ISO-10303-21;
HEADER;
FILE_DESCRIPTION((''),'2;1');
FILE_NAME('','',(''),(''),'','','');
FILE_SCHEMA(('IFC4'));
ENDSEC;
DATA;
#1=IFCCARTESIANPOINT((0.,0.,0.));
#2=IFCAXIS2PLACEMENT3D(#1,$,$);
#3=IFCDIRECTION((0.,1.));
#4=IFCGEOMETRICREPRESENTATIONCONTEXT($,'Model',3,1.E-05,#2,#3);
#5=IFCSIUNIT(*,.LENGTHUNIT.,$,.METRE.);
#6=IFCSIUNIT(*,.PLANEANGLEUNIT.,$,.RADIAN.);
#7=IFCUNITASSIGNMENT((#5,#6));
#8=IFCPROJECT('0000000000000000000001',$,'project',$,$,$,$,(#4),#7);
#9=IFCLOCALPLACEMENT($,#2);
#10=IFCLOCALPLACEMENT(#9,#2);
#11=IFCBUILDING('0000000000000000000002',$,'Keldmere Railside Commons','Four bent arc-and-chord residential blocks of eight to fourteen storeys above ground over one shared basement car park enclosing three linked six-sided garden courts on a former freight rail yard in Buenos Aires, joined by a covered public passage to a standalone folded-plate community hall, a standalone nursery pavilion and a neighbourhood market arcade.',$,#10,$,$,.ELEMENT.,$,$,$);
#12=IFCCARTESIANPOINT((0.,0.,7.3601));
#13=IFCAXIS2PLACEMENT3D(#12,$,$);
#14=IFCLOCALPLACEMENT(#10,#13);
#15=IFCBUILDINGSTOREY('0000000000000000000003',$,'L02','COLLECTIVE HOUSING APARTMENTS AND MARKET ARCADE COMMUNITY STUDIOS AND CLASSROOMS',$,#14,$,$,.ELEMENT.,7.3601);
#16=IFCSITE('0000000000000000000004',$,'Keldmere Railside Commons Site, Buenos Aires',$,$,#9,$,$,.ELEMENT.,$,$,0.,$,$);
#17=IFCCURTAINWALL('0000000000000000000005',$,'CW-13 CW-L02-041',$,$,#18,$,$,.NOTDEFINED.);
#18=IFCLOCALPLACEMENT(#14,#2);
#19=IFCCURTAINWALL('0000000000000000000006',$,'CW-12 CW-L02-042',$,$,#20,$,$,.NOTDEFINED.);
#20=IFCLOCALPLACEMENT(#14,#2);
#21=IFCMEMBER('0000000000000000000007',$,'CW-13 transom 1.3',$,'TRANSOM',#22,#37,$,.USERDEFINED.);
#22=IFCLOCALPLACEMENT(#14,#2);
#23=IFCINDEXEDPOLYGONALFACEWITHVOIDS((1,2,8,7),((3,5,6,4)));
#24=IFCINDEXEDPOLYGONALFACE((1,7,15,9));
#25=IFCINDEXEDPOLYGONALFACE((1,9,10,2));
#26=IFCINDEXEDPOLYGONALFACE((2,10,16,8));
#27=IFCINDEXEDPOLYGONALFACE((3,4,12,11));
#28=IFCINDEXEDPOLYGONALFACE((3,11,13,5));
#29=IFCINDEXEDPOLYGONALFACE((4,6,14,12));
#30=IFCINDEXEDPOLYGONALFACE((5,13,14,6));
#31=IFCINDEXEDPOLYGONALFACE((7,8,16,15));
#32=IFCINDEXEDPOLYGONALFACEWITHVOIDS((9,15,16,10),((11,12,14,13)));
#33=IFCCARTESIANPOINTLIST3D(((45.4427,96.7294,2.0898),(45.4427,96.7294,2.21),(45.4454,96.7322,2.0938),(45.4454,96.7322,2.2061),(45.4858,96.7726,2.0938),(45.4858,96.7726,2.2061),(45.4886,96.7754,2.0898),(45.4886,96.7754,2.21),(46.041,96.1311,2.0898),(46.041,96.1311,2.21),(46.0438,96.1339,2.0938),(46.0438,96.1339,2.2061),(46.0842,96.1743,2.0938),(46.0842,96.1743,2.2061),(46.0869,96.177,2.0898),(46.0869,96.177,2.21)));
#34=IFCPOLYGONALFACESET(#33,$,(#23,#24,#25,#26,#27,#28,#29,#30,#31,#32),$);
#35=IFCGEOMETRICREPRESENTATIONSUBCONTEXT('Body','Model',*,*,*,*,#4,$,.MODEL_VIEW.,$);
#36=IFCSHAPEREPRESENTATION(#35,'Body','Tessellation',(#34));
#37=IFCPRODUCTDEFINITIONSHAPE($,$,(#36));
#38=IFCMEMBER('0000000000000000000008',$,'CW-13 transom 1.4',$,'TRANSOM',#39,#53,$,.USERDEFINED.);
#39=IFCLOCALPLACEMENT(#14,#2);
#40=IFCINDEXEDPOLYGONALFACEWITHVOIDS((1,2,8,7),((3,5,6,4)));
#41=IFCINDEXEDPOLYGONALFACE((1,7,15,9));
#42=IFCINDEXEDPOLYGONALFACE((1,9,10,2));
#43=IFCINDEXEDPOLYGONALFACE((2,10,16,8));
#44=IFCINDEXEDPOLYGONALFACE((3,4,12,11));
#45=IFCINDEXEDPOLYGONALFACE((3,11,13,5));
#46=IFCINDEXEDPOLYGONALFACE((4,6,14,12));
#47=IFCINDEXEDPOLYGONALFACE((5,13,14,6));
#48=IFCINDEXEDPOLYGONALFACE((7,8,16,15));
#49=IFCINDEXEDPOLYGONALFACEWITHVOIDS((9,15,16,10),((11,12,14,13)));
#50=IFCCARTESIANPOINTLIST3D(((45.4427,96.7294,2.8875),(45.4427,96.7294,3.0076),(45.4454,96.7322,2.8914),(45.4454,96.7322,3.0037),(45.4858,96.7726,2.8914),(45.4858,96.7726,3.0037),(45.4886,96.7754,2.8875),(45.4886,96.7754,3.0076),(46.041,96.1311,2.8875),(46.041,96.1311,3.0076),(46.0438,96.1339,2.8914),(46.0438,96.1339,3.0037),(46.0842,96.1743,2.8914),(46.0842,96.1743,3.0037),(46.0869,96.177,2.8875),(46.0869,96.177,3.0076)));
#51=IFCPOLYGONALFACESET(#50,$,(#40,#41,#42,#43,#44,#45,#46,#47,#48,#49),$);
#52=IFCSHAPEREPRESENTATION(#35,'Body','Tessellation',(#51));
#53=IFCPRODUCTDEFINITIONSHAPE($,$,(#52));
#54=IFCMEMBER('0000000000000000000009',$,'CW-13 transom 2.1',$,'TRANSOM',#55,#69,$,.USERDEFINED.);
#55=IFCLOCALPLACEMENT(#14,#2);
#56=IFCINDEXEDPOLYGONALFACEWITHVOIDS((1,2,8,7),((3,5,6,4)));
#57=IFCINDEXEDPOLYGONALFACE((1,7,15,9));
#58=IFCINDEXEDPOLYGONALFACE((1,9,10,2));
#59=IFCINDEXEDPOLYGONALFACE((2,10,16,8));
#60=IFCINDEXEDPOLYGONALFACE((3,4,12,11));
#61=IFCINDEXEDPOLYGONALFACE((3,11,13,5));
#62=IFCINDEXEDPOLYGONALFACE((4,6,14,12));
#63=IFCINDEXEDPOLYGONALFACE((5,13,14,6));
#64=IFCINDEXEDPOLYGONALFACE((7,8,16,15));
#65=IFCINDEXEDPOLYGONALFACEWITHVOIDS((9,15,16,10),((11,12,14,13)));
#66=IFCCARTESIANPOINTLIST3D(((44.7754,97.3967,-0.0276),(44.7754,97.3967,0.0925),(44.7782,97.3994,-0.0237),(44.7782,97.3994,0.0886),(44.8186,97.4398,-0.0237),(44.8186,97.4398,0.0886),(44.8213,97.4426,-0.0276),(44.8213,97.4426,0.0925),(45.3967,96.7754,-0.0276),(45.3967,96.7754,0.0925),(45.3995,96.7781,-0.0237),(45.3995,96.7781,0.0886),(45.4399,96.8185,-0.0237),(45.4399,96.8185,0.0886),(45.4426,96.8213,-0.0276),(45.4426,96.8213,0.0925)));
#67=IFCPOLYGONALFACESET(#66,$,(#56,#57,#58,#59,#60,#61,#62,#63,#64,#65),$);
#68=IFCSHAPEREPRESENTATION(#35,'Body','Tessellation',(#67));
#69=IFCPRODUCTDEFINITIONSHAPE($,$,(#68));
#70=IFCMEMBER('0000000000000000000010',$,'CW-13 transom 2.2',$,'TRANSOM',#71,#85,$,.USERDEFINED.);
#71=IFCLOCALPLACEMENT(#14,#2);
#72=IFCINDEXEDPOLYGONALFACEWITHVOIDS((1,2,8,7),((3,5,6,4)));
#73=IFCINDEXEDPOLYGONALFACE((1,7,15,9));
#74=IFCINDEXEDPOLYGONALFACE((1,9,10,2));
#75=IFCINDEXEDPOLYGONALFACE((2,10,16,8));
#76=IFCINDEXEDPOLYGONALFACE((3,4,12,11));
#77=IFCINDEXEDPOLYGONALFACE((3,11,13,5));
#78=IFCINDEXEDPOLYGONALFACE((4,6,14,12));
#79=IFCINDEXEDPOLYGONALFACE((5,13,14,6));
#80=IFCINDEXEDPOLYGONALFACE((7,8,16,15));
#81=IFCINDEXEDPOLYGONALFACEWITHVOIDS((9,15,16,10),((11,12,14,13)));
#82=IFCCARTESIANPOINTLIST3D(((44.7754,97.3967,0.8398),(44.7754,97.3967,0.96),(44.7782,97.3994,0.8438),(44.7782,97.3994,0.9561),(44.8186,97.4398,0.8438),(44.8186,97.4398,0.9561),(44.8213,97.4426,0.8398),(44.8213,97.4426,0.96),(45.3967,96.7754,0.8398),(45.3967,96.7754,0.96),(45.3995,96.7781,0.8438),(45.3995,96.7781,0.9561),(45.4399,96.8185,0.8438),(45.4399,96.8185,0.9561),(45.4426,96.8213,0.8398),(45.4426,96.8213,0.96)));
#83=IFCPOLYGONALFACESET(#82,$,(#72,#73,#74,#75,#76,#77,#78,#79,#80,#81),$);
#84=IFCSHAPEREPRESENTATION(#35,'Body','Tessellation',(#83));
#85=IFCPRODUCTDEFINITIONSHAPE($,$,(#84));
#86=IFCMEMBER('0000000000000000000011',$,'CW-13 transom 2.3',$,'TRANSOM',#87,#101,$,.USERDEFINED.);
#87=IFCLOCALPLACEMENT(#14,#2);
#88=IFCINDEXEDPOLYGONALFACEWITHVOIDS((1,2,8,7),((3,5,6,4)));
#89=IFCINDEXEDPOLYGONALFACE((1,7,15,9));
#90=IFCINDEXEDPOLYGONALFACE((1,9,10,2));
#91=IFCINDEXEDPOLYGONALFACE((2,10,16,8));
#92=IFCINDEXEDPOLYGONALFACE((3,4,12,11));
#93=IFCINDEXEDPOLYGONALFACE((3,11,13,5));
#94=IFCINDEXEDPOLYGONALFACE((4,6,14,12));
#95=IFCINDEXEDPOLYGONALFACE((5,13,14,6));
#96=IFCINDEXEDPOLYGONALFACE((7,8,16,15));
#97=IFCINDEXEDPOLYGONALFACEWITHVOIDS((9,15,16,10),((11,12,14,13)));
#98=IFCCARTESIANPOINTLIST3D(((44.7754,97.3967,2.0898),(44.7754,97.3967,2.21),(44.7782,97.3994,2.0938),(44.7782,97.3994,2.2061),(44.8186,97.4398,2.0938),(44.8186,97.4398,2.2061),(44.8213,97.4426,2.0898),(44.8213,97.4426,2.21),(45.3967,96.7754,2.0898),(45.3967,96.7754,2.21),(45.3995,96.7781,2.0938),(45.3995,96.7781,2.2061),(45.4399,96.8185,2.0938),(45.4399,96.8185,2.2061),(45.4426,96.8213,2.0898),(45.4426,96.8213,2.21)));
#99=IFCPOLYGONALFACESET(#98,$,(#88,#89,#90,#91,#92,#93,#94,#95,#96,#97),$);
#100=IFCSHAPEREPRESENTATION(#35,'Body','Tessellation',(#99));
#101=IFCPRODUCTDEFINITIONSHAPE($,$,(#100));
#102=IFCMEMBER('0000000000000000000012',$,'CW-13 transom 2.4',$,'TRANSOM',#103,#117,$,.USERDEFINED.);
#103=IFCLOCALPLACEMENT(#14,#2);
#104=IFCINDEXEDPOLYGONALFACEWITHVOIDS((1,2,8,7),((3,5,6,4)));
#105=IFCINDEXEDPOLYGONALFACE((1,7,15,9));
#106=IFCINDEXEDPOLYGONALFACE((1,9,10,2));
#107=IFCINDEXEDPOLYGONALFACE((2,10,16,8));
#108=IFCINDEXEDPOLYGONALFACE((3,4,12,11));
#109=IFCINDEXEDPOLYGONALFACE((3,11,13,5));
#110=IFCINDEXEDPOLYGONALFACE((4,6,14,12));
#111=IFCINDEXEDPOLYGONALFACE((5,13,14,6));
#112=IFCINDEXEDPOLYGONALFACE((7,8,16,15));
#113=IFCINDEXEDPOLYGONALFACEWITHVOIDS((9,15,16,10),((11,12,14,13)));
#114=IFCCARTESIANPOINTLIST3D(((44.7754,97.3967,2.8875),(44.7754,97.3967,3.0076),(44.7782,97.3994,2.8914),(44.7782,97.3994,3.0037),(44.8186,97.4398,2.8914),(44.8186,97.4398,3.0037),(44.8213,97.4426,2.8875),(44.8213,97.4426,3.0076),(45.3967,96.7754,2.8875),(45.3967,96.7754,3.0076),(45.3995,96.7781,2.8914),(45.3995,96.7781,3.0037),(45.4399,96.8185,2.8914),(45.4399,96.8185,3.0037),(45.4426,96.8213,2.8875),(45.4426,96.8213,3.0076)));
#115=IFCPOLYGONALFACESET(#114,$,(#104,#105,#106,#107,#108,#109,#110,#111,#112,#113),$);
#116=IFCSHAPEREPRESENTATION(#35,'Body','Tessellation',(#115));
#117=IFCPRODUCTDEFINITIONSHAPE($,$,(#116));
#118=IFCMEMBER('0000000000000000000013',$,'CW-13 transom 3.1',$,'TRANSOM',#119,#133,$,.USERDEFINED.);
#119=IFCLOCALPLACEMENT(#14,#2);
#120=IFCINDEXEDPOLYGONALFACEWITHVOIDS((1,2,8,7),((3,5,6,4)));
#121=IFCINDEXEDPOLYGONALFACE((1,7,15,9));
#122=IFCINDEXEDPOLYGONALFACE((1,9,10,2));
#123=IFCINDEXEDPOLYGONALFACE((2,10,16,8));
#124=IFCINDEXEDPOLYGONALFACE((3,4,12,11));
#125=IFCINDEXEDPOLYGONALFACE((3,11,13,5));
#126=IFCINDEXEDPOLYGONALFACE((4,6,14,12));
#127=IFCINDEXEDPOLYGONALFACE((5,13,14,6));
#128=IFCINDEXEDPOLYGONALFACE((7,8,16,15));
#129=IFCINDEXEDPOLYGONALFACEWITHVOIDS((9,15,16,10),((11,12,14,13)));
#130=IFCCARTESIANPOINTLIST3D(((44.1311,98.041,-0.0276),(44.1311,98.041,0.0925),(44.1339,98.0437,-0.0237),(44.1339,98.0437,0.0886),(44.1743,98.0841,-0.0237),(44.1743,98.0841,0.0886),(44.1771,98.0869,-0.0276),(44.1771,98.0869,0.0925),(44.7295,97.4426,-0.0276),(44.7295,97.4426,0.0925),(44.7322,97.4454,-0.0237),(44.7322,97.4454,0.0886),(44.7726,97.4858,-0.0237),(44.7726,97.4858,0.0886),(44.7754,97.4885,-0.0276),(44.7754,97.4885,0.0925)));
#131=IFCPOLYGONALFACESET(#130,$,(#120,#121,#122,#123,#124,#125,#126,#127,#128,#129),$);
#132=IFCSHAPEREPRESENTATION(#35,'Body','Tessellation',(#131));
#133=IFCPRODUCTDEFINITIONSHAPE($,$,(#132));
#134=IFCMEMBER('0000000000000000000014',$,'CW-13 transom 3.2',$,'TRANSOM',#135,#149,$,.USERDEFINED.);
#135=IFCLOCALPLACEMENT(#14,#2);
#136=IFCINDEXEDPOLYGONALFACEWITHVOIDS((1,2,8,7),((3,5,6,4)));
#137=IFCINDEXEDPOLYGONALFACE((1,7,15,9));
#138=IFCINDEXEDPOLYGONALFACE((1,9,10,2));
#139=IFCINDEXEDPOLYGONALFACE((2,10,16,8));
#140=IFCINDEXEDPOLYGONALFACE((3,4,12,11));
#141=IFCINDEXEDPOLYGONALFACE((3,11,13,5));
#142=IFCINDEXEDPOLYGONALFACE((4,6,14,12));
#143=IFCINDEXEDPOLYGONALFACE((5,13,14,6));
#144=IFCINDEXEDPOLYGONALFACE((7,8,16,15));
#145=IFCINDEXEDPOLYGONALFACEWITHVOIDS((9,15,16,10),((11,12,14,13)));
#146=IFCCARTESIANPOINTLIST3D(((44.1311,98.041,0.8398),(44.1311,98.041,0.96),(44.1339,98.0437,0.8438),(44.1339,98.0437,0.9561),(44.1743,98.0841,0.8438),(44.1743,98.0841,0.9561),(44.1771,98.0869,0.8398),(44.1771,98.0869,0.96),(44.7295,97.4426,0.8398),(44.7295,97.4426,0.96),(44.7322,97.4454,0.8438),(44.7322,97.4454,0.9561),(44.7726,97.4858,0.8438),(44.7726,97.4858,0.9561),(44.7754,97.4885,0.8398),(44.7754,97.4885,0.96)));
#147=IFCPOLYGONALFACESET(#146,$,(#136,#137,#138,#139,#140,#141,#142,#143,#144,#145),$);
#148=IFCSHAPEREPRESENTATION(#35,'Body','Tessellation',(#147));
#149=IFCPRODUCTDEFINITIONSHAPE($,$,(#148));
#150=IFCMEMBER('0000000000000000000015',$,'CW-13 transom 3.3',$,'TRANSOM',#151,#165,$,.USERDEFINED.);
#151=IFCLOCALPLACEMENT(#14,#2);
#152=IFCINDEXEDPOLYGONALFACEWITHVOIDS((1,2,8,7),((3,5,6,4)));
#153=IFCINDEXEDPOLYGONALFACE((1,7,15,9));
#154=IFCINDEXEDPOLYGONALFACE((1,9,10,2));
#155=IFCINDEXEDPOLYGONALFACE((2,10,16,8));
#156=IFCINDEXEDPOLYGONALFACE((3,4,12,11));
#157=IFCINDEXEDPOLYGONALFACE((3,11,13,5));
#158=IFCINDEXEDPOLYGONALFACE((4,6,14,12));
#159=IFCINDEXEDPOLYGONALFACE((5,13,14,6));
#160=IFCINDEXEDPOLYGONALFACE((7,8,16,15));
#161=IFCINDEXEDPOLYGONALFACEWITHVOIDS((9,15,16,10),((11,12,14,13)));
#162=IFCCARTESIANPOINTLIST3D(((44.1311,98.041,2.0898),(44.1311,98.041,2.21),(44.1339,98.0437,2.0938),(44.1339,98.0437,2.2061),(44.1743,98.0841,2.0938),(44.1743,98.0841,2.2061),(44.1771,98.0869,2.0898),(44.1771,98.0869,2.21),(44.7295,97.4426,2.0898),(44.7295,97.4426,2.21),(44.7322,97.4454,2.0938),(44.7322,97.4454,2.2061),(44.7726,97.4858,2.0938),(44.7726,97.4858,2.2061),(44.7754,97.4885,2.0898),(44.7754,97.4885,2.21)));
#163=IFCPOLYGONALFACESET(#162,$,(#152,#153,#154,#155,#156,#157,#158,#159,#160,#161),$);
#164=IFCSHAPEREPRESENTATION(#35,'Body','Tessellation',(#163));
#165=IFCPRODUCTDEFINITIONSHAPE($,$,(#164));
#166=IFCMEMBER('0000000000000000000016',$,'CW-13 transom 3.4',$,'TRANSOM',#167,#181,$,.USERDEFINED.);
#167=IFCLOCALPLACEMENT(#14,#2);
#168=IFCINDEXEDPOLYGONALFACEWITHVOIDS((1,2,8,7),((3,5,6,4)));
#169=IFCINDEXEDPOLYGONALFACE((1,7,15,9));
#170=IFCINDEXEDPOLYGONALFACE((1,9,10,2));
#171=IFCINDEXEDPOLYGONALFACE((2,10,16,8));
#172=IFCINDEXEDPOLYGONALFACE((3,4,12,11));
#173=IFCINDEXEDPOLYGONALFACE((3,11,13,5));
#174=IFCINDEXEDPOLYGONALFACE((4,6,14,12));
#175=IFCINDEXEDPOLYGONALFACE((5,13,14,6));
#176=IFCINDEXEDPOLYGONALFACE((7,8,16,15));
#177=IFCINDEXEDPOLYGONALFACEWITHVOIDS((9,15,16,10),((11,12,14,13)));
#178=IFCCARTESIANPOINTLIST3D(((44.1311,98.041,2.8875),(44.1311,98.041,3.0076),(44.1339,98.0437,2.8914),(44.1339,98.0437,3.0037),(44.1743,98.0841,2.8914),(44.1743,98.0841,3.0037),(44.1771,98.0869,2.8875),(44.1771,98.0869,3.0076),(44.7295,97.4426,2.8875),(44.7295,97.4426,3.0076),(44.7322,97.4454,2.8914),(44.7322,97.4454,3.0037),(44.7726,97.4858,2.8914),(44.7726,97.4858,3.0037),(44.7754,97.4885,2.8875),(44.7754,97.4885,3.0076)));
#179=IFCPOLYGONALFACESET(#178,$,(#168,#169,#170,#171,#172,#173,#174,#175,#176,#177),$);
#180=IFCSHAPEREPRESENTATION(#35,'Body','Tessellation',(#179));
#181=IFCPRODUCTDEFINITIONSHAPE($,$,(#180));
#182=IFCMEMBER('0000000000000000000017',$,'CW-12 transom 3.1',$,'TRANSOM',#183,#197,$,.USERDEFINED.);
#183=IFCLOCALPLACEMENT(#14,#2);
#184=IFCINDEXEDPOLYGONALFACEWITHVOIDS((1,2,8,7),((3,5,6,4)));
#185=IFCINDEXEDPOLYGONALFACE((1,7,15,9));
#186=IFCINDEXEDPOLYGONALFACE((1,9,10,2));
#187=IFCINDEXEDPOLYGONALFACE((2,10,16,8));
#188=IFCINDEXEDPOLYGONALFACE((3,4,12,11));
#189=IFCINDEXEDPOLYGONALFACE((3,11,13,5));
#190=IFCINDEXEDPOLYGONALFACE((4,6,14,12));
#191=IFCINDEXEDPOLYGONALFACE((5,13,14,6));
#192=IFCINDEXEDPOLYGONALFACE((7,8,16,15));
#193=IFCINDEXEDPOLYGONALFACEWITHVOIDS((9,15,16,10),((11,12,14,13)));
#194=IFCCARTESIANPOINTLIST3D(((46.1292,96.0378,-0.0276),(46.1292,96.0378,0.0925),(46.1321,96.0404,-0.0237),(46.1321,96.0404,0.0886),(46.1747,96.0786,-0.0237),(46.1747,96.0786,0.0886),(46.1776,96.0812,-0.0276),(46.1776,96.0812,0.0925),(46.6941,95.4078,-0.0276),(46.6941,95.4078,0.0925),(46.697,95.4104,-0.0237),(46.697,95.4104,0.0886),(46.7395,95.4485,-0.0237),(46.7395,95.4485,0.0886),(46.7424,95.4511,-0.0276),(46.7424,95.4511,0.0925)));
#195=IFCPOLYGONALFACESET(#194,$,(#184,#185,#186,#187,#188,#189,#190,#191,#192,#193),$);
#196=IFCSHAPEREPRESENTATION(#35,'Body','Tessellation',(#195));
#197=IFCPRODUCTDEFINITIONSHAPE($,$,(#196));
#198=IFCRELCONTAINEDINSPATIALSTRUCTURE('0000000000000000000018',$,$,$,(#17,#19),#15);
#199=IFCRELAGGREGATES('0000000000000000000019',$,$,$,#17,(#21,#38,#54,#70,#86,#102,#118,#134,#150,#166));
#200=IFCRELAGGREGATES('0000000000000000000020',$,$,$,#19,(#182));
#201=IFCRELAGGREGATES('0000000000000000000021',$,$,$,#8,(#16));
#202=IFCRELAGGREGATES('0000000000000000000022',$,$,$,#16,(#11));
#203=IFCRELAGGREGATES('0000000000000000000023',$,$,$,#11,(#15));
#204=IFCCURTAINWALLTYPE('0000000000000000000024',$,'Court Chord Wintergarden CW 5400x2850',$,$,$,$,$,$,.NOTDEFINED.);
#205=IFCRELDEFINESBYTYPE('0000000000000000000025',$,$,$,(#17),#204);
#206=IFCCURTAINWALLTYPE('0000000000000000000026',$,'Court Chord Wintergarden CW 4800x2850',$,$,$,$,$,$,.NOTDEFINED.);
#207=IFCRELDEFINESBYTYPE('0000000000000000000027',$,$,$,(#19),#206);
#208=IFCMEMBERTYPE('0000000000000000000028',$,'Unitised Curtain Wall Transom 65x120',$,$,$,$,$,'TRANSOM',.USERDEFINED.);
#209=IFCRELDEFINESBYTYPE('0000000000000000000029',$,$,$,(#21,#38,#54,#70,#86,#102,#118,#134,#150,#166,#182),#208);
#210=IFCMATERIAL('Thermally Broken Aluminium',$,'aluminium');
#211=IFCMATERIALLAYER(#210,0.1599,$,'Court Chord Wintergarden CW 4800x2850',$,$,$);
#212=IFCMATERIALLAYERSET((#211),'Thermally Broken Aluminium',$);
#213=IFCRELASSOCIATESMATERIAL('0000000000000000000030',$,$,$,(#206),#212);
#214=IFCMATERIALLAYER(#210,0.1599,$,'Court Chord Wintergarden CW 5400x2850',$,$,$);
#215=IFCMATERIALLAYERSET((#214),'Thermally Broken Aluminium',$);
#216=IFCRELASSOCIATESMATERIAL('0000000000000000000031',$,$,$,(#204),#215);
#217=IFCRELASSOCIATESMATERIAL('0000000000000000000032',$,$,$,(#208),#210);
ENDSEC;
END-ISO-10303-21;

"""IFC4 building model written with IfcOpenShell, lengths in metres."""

from ifc_helpers import new_model, si_unit, direction, frame, origin, origin_2d, place, context, subcontext, project, spatial, hollow_rectangle, extrude, material, layer, layer_set, material_profile, profile_set, type_object, element, aggregate, save


model = new_model("IFC4")

# Units and contexts
model_context = context("Model", 3, precision=1e-05, world=origin(), true_north=direction((0.0, 1.0)))
body_context = subcontext(model_context, "Body", "Model", "MODEL_VIEW")
ifc_project = project(units=[si_unit("LENGTHUNIT", "METRE"), si_unit("PLANEANGLEUNIT", "RADIAN")], contexts=[model_context])

# Site, building, storey
site_placement = place(None, origin())
site = spatial("IfcSite", under=ifc_project, at=site_placement, Name="Keldmere Railside Commons Site, Buenos Aires", CompositionType="ELEMENT", RefElevation=0.0)
building_placement = place(site_placement, origin())
building = spatial("IfcBuilding", under=site, at=building_placement, Name="Keldmere Railside Commons", Description="Four bent arc-and-chord residential blocks of eight to fourteen storeys above ground over one shared basement car park enclosing three linked six-sided garden courts on a former freight rail yard in Buenos Aires, joined by a covered public passage to a standalone folded-plate community hall, a standalone nursery pavilion and a neighbourhood market arcade.", CompositionType="ELEMENT")
storey_placement = place(building_placement, frame((0.0, 0.0, 7.3601)))
storey = spatial("IfcBuildingStorey", under=building, at=storey_placement, Name="L02", Description="COLLECTIVE HOUSING APARTMENTS AND MARKET ARCADE COMMUNITY STUDIOS AND CLASSROOMS", CompositionType="ELEMENT", Elevation=7.3601)

# Shared definitions
ifc_material_1 = material(Name="Thermally Broken Aluminium", Category="aluminium")
ifc_layer_1 = layer(ifc_material_1, 0.1599, Name="Court Chord Wintergarden CW 4800x2850")
ifc_layer_set_1 = layer_set([ifc_layer_1], Name="Thermally Broken Aluminium")
curtain_wall_type_1 = type_object("IfcCurtainWallType", Name="Court Chord Wintergarden CW 4800x2850", PredefinedType="NOTDEFINED", material=ifc_layer_set_1)

# Curtain wall
ifc_layer_2 = layer(ifc_material_1, 0.1599, Name="Court Chord Wintergarden CW 5400x2850")
ifc_layer_set_2 = layer_set([ifc_layer_2], Name="Thermally Broken Aluminium")
curtain_wall_type_2 = type_object("IfcCurtainWallType", Name="Court Chord Wintergarden CW 5400x2850", PredefinedType="NOTDEFINED", material=ifc_layer_set_2)
curtain_wall_1_placement = place(storey_placement, origin())
curtain_wall_1 = element("IfcCurtainWall", 1, at=curtain_wall_1_placement, inside=storey, type_object=curtain_wall_type_2, Name="CW-13 CW-L02-041", PredefinedType="NOTDEFINED")

# Curtain wall
curtain_wall_2_placement = place(storey_placement, origin())
curtain_wall_2 = element("IfcCurtainWall", 2, at=curtain_wall_2_placement, inside=storey, type_object=curtain_wall_type_1, Name="CW-12 CW-L02-042", PredefinedType="NOTDEFINED")

# Members
ifc_material_profile_1 = material_profile(ifc_material_1, hollow_rectangle(XDim=0.0649, YDim=0.1201, WallThickness=0.0039, at=origin_2d()), Name="ALU-TRAN-65x120")
ifc_profile_set_1 = profile_set([ifc_material_profile_1], Name="Thermally Broken Aluminium")
member_type_1 = type_object("IfcMemberType", Name="Unitised Curtain Wall Transom 65x120", ElementType="TRANSOM", PredefinedType="USERDEFINED", material=ifc_profile_set_1)
member_1_placement = place(storey_placement, frame((46.064, 96.1541, 2.1499), z_axis=(-0.707107, 0.707107, 0.0), x_axis=(-0.707107, -0.707107, 0.0)))
member_1 = element("IfcMember", 3, at=member_1_placement, type_object=member_type_1, Name="CW-13 transom 1.3", ObjectType="TRANSOM", PredefinedType="USERDEFINED", context=body_context, shape_type="SweptSolid", body=[
    extrude(hollow_rectangle(XDim=0.0649, YDim=0.1201, WallThickness=0.0039, at=origin_2d()), origin(), (0.0, 0.0, 1.0), 0.8462),
])
member_2_placement = place(storey_placement, frame((46.064, 96.1541, 2.9475), z_axis=(-0.707107, 0.707107, 0.0), x_axis=(-0.707107, -0.707107, 0.0)))
member_2 = element("IfcMember", 4, at=member_2_placement, type_object=member_type_1, Name="CW-13 transom 1.4", ObjectType="TRANSOM", PredefinedType="USERDEFINED", context=body_context, shape_type="SweptSolid", body=[
    extrude(hollow_rectangle(XDim=0.0649, YDim=0.1201, WallThickness=0.0039, at=origin_2d()), origin(), (0.0, 0.0, 1.0), 0.8462),
])
member_3_placement = place(storey_placement, frame((45.4197, 96.7983, 0.0325), z_axis=(-0.707107, 0.707107, 0.0), x_axis=(-0.707107, -0.707107, 0.0)))
member_3 = element("IfcMember", 5, at=member_3_placement, type_object=member_type_1, Name="CW-13 transom 2.1", ObjectType="TRANSOM", PredefinedType="USERDEFINED", context=body_context, shape_type="SweptSolid", body=[
    extrude(hollow_rectangle(XDim=0.0649, YDim=0.1201, WallThickness=0.0039, at=origin_2d()), origin(), (0.0, 0.0, 1.0), 0.8787),
])
member_4_placement = place(storey_placement, frame((45.4197, 96.7983, 0.8999), z_axis=(-0.707107, 0.707107, 0.0), x_axis=(-0.707107, -0.707107, 0.0)))
member_4 = element("IfcMember", 6, at=member_4_placement, type_object=member_type_1, Name="CW-13 transom 2.2", ObjectType="TRANSOM", PredefinedType="USERDEFINED", context=body_context, shape_type="SweptSolid", body=[
    extrude(hollow_rectangle(XDim=0.0649, YDim=0.1201, WallThickness=0.0039, at=origin_2d()), origin(), (0.0, 0.0, 1.0), 0.8787),
])
member_5_placement = place(storey_placement, frame((45.4197, 96.7983, 2.1499), z_axis=(-0.707107, 0.707107, 0.0), x_axis=(-0.707107, -0.707107, 0.0)))
member_5 = element("IfcMember", 7, at=member_5_placement, type_object=member_type_1, Name="CW-13 transom 2.3", ObjectType="TRANSOM", PredefinedType="USERDEFINED", context=body_context, shape_type="SweptSolid", body=[
    extrude(hollow_rectangle(XDim=0.0649, YDim=0.1201, WallThickness=0.0039, at=origin_2d()), origin(), (0.0, 0.0, 1.0), 0.8787),
])
member_6_placement = place(storey_placement, frame((45.4197, 96.7983, 2.9475), z_axis=(-0.707107, 0.707107, 0.0), x_axis=(-0.707107, -0.707107, 0.0)))
member_6 = element("IfcMember", 8, at=member_6_placement, type_object=member_type_1, Name="CW-13 transom 2.4", ObjectType="TRANSOM", PredefinedType="USERDEFINED", context=body_context, shape_type="SweptSolid", body=[
    extrude(hollow_rectangle(XDim=0.0649, YDim=0.1201, WallThickness=0.0039, at=origin_2d()), origin(), (0.0, 0.0, 1.0), 0.8787),
])
member_7_placement = place(storey_placement, frame((44.7524, 97.4656, 0.0325), z_axis=(-0.707107, 0.707107, 0.0), x_axis=(-0.707107, -0.707107, 0.0)))
member_7 = element("IfcMember", 9, at=member_7_placement, type_object=member_type_1, Name="CW-13 transom 3.1", ObjectType="TRANSOM", PredefinedType="USERDEFINED", context=body_context, shape_type="SweptSolid", body=[
    extrude(hollow_rectangle(XDim=0.0649, YDim=0.1201, WallThickness=0.0039, at=origin_2d()), origin(), (0.0, 0.0, 1.0), 0.8462),
])
member_8_placement = place(storey_placement, frame((44.7524, 97.4656, 0.8999), z_axis=(-0.707107, 0.707107, 0.0), x_axis=(-0.707107, -0.707107, 0.0)))
member_8 = element("IfcMember", 10, at=member_8_placement, type_object=member_type_1, Name="CW-13 transom 3.2", ObjectType="TRANSOM", PredefinedType="USERDEFINED", context=body_context, shape_type="SweptSolid", body=[
    extrude(hollow_rectangle(XDim=0.0649, YDim=0.1201, WallThickness=0.0039, at=origin_2d()), origin(), (0.0, 0.0, 1.0), 0.8462),
])
member_9_placement = place(storey_placement, frame((44.7524, 97.4656, 2.1499), z_axis=(-0.707107, 0.707107, 0.0), x_axis=(-0.707107, -0.707107, 0.0)))
member_9 = element("IfcMember", 11, at=member_9_placement, type_object=member_type_1, Name="CW-13 transom 3.3", ObjectType="TRANSOM", PredefinedType="USERDEFINED", context=body_context, shape_type="SweptSolid", body=[
    extrude(hollow_rectangle(XDim=0.0649, YDim=0.1201, WallThickness=0.0039, at=origin_2d()), origin(), (0.0, 0.0, 1.0), 0.8462),
])
member_10_placement = place(storey_placement, frame((44.7524, 97.4656, 2.9475), z_axis=(-0.707107, 0.707107, 0.0), x_axis=(-0.707107, -0.707107, 0.0)))
member_10 = element("IfcMember", 12, at=member_10_placement, type_object=member_type_1, Name="CW-13 transom 3.4", ObjectType="TRANSOM", PredefinedType="USERDEFINED", context=body_context, shape_type="SweptSolid", body=[
    extrude(hollow_rectangle(XDim=0.0649, YDim=0.1201, WallThickness=0.0039, at=origin_2d()), origin(), (0.0, 0.0, 1.0), 0.8462),
])
member_11_placement = place(storey_placement, frame((46.7183, 95.4294, 0.0325), z_axis=(-0.667545, 0.744569, 0.0), x_axis=(-0.744569, -0.667545, 0.0)))
member_11 = element("IfcMember", 13, at=member_11_placement, type_object=member_type_1, Name="CW-12 transom 3.1", ObjectType="TRANSOM", PredefinedType="USERDEFINED", context=body_context, shape_type="SweptSolid", body=[
    extrude(hollow_rectangle(XDim=0.0649, YDim=0.1201, WallThickness=0.0039, at=origin_2d()), origin(), (0.0, 0.0, 1.0), 0.8462),
])

aggregate(curtain_wall_1, [member_1, member_2, member_3, member_4, member_5, member_6, member_7, member_8, member_9, member_10])
aggregate(curtain_wall_2, [member_11])

save(model, "model.ifc")
